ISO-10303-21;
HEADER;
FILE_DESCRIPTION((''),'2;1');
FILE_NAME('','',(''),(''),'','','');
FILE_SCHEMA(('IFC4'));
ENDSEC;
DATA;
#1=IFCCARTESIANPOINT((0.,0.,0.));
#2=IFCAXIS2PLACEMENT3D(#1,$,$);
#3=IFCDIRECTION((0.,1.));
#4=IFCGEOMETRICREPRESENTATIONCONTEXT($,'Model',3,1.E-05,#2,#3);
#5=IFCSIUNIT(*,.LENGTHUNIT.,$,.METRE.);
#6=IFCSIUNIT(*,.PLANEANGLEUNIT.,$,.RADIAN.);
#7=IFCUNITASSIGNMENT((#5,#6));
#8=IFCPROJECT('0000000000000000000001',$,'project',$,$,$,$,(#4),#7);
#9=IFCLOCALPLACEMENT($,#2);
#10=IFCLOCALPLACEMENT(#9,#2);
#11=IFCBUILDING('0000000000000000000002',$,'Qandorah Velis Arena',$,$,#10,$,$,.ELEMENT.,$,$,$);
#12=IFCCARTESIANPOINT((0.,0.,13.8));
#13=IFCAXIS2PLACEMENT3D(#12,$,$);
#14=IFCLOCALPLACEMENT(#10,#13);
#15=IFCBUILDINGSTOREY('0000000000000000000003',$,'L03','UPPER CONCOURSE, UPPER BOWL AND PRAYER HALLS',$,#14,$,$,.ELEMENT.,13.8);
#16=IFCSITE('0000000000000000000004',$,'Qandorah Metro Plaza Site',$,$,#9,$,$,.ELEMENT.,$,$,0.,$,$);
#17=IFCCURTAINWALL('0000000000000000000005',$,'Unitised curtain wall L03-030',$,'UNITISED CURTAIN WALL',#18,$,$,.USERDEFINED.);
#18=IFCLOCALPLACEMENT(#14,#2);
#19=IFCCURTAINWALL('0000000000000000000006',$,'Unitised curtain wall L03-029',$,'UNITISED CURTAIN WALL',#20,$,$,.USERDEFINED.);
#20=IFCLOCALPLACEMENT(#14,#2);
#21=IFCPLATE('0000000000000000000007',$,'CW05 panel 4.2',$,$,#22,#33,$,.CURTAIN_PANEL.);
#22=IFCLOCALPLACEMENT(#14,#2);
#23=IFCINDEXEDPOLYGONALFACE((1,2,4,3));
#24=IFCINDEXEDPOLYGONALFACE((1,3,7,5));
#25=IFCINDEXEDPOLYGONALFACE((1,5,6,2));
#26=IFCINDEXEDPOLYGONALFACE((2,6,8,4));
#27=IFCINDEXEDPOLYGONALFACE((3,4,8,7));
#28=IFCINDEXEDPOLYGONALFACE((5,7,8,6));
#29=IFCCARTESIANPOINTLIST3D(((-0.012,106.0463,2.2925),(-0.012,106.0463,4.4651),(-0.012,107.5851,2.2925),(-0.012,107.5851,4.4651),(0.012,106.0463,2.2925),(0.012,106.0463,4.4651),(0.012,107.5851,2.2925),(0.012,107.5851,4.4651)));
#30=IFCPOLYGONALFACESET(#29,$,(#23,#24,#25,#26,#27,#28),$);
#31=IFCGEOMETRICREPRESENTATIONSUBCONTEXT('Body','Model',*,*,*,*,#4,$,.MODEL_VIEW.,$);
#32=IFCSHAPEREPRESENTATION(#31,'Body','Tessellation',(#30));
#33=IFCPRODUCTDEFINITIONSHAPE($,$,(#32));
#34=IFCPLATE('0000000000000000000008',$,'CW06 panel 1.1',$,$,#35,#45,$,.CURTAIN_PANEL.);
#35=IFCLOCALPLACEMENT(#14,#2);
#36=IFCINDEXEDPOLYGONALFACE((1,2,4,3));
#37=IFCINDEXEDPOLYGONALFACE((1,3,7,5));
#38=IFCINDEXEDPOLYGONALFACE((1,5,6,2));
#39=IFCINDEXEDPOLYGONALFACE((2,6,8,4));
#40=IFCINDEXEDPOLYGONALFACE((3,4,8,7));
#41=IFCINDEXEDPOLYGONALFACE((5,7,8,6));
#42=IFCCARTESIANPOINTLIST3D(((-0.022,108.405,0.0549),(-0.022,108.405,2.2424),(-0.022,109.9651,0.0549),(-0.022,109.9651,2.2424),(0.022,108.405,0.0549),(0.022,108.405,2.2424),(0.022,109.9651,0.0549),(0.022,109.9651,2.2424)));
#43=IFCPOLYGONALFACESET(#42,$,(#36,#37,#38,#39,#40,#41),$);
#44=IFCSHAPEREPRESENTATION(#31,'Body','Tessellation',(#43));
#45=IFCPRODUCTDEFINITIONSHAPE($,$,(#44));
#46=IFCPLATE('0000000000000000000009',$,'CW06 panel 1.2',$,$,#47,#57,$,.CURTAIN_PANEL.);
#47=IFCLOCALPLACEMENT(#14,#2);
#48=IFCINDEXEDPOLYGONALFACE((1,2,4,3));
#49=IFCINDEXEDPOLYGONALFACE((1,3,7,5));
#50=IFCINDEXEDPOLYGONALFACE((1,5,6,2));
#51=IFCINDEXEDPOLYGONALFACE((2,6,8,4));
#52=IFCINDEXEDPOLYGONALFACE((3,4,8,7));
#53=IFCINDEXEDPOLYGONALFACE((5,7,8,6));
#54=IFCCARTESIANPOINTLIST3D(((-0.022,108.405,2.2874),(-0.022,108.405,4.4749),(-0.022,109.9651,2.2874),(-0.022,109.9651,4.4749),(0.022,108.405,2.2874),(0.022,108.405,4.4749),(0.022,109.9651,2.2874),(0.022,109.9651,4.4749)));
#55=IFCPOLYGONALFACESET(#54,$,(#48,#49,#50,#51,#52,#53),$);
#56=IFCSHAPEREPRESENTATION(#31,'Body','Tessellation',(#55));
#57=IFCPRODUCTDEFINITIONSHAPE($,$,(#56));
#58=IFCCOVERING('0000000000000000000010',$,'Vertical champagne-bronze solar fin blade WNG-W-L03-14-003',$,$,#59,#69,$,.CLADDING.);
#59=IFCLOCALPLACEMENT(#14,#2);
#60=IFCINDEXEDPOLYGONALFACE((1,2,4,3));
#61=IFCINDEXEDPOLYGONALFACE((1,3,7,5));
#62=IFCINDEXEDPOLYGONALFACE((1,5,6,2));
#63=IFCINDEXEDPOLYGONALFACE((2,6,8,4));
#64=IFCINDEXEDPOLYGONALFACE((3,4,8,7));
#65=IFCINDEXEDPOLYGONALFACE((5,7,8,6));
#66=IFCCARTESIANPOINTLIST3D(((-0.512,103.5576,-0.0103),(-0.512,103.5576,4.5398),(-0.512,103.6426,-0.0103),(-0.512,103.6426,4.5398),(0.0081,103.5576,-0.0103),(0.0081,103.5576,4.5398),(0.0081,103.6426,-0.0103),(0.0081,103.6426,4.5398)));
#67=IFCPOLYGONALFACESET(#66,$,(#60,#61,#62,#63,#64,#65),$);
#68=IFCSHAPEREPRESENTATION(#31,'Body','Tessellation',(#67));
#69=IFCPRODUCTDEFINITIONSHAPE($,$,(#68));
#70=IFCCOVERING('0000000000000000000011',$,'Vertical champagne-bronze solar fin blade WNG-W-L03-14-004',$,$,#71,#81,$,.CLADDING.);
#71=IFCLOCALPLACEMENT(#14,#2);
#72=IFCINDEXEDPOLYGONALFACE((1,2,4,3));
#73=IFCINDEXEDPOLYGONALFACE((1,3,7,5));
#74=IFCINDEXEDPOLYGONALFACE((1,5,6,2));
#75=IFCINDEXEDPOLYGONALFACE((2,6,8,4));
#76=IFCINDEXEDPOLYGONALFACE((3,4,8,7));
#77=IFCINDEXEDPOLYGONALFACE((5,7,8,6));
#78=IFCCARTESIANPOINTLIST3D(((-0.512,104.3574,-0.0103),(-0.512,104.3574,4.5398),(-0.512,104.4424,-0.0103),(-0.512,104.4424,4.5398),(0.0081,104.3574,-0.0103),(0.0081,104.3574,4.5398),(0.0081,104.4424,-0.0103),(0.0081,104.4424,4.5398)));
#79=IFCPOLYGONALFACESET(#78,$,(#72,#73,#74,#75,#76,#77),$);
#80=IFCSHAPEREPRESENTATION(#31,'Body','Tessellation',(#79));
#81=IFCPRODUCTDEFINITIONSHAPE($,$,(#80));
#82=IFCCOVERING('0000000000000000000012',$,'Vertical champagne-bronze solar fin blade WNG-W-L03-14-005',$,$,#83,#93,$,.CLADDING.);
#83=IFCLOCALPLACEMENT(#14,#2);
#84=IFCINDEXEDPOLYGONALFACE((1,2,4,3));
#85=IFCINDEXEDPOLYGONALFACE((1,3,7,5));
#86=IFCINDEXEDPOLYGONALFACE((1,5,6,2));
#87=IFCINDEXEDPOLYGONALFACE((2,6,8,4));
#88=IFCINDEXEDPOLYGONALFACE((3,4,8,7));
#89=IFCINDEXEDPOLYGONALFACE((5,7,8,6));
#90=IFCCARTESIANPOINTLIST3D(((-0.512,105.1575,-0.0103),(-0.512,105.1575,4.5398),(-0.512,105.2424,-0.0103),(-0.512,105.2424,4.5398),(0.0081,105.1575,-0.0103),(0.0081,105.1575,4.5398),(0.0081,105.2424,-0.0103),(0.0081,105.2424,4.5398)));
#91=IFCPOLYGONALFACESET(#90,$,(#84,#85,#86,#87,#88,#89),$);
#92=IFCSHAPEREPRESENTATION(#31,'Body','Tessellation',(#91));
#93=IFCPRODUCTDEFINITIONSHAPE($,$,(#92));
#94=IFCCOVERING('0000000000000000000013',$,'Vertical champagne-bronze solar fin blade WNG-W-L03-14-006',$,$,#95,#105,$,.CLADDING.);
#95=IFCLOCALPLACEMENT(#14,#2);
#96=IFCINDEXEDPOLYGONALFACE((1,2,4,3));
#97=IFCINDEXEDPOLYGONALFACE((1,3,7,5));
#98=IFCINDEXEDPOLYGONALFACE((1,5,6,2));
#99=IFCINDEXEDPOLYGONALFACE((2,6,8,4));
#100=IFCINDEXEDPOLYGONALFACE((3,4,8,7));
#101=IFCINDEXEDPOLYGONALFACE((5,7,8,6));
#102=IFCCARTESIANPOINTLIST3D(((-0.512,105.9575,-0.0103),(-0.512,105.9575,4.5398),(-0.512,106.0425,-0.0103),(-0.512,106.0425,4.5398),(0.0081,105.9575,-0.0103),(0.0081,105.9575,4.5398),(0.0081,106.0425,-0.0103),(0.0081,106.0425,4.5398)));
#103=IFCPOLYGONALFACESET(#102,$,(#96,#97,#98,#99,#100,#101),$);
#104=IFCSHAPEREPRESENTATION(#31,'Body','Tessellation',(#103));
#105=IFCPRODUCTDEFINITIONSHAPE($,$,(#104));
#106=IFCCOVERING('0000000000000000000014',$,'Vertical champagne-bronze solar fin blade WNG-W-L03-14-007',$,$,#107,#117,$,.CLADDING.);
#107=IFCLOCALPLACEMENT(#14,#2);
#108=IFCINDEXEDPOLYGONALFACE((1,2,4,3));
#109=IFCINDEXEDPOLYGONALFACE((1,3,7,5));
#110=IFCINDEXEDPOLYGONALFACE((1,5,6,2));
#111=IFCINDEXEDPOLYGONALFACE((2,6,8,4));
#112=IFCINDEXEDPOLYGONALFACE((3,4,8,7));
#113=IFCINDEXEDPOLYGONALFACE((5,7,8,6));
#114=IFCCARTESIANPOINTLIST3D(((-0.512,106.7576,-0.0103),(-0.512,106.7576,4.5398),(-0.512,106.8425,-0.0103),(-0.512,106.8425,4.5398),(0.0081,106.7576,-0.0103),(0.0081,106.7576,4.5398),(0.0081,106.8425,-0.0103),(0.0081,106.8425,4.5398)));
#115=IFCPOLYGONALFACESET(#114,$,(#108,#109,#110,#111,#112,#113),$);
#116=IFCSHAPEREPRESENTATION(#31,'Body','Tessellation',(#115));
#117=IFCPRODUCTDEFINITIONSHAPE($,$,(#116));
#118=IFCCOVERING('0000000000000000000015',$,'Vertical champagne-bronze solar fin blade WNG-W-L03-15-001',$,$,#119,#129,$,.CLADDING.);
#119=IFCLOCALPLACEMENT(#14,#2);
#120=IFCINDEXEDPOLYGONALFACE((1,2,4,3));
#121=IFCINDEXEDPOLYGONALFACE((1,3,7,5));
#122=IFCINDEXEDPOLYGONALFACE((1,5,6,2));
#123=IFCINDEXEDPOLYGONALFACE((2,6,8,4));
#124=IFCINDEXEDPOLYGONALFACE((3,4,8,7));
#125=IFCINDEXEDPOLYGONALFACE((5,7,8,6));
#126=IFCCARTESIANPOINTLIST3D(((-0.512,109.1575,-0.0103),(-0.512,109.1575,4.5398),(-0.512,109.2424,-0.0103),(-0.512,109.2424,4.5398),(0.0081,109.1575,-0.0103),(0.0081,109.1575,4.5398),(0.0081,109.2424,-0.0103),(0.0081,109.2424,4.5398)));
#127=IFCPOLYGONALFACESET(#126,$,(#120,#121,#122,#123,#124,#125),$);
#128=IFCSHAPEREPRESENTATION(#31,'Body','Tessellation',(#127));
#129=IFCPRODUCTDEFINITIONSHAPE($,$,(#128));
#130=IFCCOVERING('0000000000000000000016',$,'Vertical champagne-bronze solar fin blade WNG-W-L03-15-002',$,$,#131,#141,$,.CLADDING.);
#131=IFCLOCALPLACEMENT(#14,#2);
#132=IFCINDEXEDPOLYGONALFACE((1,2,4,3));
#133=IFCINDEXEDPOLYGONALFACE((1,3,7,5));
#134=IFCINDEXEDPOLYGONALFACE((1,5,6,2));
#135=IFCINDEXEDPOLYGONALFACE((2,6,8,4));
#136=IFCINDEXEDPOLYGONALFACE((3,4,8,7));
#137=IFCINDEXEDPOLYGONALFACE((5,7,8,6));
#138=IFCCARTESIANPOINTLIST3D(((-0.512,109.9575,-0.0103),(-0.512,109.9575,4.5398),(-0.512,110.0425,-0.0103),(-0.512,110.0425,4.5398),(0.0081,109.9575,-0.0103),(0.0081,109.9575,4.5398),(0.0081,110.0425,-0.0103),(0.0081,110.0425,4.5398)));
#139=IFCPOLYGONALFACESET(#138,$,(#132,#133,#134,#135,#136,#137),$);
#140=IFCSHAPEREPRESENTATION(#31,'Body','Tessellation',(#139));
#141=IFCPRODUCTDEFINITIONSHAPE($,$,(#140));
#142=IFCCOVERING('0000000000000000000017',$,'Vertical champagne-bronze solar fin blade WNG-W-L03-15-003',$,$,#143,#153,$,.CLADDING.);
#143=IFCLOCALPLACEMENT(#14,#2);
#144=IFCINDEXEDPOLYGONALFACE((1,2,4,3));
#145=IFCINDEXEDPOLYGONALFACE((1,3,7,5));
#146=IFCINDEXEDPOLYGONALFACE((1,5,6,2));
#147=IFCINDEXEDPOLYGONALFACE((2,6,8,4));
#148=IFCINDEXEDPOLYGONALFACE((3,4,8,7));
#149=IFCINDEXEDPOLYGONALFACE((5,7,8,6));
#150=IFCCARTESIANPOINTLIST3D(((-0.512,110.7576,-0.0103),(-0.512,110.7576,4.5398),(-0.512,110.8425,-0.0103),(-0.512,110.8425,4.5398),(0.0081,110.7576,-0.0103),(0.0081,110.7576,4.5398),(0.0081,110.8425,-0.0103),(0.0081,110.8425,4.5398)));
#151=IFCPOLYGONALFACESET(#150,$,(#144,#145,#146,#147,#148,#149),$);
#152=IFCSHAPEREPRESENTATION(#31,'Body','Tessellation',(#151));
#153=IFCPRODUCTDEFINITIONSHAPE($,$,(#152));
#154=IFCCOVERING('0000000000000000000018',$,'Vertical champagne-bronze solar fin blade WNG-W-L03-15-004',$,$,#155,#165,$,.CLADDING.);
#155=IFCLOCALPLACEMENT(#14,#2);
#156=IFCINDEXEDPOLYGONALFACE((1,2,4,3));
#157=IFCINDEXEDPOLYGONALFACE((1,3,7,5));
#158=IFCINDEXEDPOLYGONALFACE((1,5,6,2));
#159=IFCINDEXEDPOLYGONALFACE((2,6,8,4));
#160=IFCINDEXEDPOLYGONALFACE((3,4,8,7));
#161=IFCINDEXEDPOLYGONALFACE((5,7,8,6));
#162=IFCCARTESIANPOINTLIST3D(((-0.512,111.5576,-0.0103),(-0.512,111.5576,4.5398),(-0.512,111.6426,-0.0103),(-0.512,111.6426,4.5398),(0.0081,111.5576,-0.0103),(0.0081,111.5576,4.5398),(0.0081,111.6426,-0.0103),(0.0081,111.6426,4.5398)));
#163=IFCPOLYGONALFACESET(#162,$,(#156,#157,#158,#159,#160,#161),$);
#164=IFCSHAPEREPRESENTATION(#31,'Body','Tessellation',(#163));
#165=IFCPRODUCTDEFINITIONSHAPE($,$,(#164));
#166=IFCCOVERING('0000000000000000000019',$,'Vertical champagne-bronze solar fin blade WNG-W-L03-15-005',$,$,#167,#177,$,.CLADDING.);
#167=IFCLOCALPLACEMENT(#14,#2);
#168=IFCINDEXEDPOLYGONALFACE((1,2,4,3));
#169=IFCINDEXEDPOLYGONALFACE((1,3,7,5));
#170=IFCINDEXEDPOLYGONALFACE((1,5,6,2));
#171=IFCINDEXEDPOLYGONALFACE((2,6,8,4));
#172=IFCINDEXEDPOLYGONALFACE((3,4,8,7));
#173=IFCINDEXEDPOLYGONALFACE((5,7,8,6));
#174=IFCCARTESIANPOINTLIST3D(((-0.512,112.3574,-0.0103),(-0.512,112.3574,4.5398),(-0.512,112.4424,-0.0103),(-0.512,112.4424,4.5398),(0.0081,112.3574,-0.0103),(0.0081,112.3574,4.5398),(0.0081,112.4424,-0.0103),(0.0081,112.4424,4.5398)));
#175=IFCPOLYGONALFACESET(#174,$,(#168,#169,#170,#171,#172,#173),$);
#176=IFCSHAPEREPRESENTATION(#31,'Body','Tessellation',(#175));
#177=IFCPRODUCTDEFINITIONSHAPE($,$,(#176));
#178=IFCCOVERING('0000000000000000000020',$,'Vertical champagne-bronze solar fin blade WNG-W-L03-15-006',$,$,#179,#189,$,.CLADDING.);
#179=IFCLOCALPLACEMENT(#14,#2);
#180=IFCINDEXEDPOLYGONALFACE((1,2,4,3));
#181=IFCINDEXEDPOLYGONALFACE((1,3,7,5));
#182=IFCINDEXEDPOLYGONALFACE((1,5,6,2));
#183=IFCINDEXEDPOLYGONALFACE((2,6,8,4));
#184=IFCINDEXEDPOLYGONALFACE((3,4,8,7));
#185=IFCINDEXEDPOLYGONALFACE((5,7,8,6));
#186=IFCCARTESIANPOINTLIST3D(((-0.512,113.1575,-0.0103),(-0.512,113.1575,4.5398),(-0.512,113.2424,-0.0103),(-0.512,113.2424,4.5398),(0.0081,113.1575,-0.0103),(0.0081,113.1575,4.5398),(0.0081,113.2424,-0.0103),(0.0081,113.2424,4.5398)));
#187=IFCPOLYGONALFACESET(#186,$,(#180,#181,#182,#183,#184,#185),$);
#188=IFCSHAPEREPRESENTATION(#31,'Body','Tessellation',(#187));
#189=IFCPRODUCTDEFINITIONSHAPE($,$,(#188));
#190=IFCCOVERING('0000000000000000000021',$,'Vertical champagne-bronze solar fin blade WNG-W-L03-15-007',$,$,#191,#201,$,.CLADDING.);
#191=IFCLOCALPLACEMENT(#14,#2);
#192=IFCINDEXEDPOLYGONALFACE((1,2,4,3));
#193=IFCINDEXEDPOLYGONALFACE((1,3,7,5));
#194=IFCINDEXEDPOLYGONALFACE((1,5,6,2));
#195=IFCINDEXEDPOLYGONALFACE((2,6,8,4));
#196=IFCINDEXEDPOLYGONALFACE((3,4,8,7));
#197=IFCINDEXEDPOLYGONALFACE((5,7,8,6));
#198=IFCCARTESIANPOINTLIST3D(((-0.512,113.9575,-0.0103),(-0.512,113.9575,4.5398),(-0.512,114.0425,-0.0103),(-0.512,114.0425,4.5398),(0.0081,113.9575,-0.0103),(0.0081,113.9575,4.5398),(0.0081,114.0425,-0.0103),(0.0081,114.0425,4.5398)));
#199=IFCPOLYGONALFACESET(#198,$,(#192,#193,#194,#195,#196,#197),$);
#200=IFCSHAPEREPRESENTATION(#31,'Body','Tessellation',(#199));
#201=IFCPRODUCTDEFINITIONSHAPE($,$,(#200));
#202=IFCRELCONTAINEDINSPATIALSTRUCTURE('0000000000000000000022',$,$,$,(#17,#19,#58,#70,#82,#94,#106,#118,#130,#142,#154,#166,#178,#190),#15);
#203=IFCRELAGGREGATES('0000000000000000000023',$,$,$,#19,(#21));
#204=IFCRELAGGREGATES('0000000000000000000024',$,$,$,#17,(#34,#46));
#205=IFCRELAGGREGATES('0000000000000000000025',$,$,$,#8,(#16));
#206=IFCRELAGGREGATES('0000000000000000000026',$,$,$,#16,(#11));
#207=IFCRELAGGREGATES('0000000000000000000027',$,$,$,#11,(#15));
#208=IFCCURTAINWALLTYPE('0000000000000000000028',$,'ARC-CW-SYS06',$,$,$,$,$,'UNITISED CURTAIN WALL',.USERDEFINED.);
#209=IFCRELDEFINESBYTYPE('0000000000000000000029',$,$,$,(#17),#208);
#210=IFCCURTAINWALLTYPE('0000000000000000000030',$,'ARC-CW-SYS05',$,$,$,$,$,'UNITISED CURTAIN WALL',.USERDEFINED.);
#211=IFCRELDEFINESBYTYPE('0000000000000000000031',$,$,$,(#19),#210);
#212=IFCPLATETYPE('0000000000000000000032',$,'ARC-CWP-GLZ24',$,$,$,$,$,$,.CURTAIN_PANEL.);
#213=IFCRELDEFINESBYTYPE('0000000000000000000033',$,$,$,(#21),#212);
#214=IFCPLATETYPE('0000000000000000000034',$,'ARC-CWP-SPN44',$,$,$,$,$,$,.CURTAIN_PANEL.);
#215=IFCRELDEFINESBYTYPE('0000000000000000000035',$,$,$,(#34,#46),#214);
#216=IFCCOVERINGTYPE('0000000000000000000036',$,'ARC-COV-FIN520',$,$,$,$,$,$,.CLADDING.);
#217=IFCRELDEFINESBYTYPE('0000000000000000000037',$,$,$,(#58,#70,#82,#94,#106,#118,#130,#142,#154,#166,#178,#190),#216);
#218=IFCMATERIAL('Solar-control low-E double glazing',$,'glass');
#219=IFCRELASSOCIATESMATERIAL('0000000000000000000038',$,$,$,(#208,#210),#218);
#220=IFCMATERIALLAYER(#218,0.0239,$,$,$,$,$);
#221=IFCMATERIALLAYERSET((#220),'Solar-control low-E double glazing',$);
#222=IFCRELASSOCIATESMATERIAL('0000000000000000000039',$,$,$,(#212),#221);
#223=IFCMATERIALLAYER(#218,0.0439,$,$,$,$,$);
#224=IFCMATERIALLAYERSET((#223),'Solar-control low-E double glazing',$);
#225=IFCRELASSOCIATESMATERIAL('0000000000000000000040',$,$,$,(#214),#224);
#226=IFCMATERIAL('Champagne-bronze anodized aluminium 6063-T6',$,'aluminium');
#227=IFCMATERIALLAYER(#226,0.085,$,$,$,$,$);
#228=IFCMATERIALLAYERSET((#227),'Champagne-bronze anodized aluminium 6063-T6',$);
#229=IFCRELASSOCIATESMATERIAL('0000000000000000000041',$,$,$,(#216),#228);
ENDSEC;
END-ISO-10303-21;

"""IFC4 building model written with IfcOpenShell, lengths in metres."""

from ifc_helpers import new_model, si_unit, direction, frame, origin, origin_2d, place, context, subcontext, project, spatial, rectangle, extrude, material, layer, layer_set, type_object, element, aggregate, save


model = new_model("IFC4")

# Units and contexts
model_context = context("Model", 3, precision=1e-05, world=origin(), true_north=direction((0.0, 1.0)))
body_context = subcontext(model_context, "Body", "Model", "MODEL_VIEW")
ifc_project = project(units=[si_unit("LENGTHUNIT", "METRE"), si_unit("PLANEANGLEUNIT", "RADIAN")], contexts=[model_context])

# Site, building, storey
site_placement = place(None, origin())
site = spatial("IfcSite", under=ifc_project, at=site_placement, Name="Qandorah Metro Plaza Site", CompositionType="ELEMENT", RefElevation=0.0)
building_placement = place(site_placement, origin())
building = spatial("IfcBuilding", under=site, at=building_placement, Name="Qandorah Velis Arena", CompositionType="ELEMENT")
storey_placement = place(building_placement, frame((0.0, 0.0, 13.8)))
storey = spatial("IfcBuildingStorey", under=building, at=storey_placement, Name="L03", Description="UPPER CONCOURSE, UPPER BOWL AND PRAYER HALLS", CompositionType="ELEMENT", Elevation=13.8)

# Curtain walls
ifc_material_1 = material(Name="Solar-control low-E double glazing", Category="glass")
curtain_wall_type_1 = type_object("IfcCurtainWallType", Name="ARC-CW-SYS06", ElementType="UNITISED CURTAIN WALL", PredefinedType="USERDEFINED", material=ifc_material_1)
curtain_wall_1_placement = place(storey_placement, origin())
curtain_wall_1 = element("IfcCurtainWall", 1, at=curtain_wall_1_placement, inside=storey, type_object=curtain_wall_type_1, Name="Unitised curtain wall L03-030", ObjectType="UNITISED CURTAIN WALL", PredefinedType="USERDEFINED")
ifc_material_2 = material(Name="Champagne-bronze anodized aluminium 6063-T6", Category="aluminium")
curtain_wall_type_2 = type_object("IfcCurtainWallType", Name="ARC-CW-SYS05", ElementType="UNITISED CURTAIN WALL", PredefinedType="USERDEFINED", material=ifc_material_1)
curtain_wall_2_placement = place(storey_placement, origin())
curtain_wall_2 = element("IfcCurtainWall", 2, at=curtain_wall_2_placement, inside=storey, type_object=curtain_wall_type_2, Name="Unitised curtain wall L03-029", ObjectType="UNITISED CURTAIN WALL", PredefinedType="USERDEFINED")

# Plates
ifc_layer_1 = layer(ifc_material_1, 0.0239)
ifc_layer_set_1 = layer_set([ifc_layer_1], Name="Solar-control low-E double glazing")
plate_type_1 = type_object("IfcPlateType", Name="ARC-CWP-GLZ24", PredefinedType="CURTAIN_PANEL", material=ifc_layer_set_1)
plate_1_placement = place(storey_placement, frame((0.0, 106.8157, 2.2925), z_axis=(0.0, 0.0, 1.0), x_axis=(0.0, 1.0, 0.0)))
plate_1 = element("IfcPlate", 3, at=plate_1_placement, type_object=plate_type_1, Name="CW05 panel 4.2", PredefinedType="CURTAIN_PANEL", context=body_context, shape_type="SweptSolid", body=[
    extrude(rectangle(XDim=1.5388, YDim=0.0239, at=origin_2d()), origin(), (0.0, 0.0, 1.0), 2.1726),
])
aggregate(curtain_wall_2, [plate_1])
ifc_layer_2 = layer(ifc_material_1, 0.0439)
ifc_layer_set_2 = layer_set([ifc_layer_2], Name="Solar-control low-E double glazing")
plate_type_2 = type_object("IfcPlateType", Name="ARC-CWP-SPN44", PredefinedType="CURTAIN_PANEL", material=ifc_layer_set_2)
plate_2_placement = place(storey_placement, frame((0.0, 109.1851, 0.0549), z_axis=(0.0, 0.0, 1.0), x_axis=(0.0, 1.0, 0.0)))
plate_2 = element("IfcPlate", 4, at=plate_2_placement, type_object=plate_type_2, Name="CW06 panel 1.1", PredefinedType="CURTAIN_PANEL", context=body_context, shape_type="SweptSolid", body=[
    extrude(rectangle(XDim=1.5601, YDim=0.0439, at=origin_2d()), origin(), (0.0, 0.0, 1.0), 2.1875),
])
plate_3_placement = place(storey_placement, frame((0.0, 109.1851, 2.2874), z_axis=(0.0, 0.0, 1.0), x_axis=(0.0, 1.0, 0.0)))
plate_3 = element("IfcPlate", 5, at=plate_3_placement, type_object=plate_type_2, Name="CW06 panel 1.2", PredefinedType="CURTAIN_PANEL", context=body_context, shape_type="SweptSolid", body=[
    extrude(rectangle(XDim=1.5601, YDim=0.0439, at=origin_2d()), origin(), (0.0, 0.0, 1.0), 2.1875),
])
aggregate(curtain_wall_1, [plate_2, plate_3])

# Coverings
ifc_layer_3 = layer(ifc_material_2, 0.085)
ifc_layer_set_3 = layer_set([ifc_layer_3], Name="Champagne-bronze anodized aluminium 6063-T6")
covering_type = type_object("IfcCoveringType", Name="ARC-COV-FIN520", PredefinedType="CLADDING", material=ifc_layer_set_3)
for number, where, z_axis, x_axis, name in (
    (6, (-0.252, 103.6001, -0.0103), (0.0, 0.0, 1.0), (1.0, 0.0, 0.0), "Vertical champagne-bronze solar fin blade WNG-W-L03-14-003"),
    (7, (-0.252, 104.3999, -0.0103), (0.0, 0.0, 1.0), (1.0, 0.0, 0.0), "Vertical champagne-bronze solar fin blade WNG-W-L03-14-004"),
    (8, (-0.252, 105.2, -0.0103), (0.0, 0.0, 1.0), (1.0, 0.0, 0.0), "Vertical champagne-bronze solar fin blade WNG-W-L03-14-005"),
    (9, (-0.252, 106.0, -0.0103), (0.0, 0.0, 1.0), (1.0, 0.0, 0.0), "Vertical champagne-bronze solar fin blade WNG-W-L03-14-006"),
    (10, (-0.252, 106.8, -0.0103), (0.0, 0.0, 1.0), (1.0, 0.0, 0.0), "Vertical champagne-bronze solar fin blade WNG-W-L03-14-007"),
    (11, (-0.252, 109.2, -0.0103), (0.0, 0.0, 1.0), (1.0, 0.0, 0.0), "Vertical champagne-bronze solar fin blade WNG-W-L03-15-001"),
    (12, (-0.252, 110.0, -0.0103), (0.0, 0.0, 1.0), (1.0, 0.0, 0.0), "Vertical champagne-bronze solar fin blade WNG-W-L03-15-002"),
    (13, (-0.252, 110.8, -0.0103), (0.0, 0.0, 1.0), (1.0, 0.0, 0.0), "Vertical champagne-bronze solar fin blade WNG-W-L03-15-003"),
    (14, (-0.252, 111.6001, -0.0103), (0.0, 0.0, 1.0), (1.0, 0.0, 0.0), "Vertical champagne-bronze solar fin blade WNG-W-L03-15-004"),
    (15, (-0.252, 112.3999, -0.0103), (0.0, 0.0, 1.0), (1.0, 0.0, 0.0), "Vertical champagne-bronze solar fin blade WNG-W-L03-15-005"),
    (16, (-0.252, 113.2, -0.0103), (0.0, 0.0, 1.0), (1.0, 0.0, 0.0), "Vertical champagne-bronze solar fin blade WNG-W-L03-15-006"),
    (17, (-0.252, 114.0, -0.0103), (0.0, 0.0, 1.0), (1.0, 0.0, 0.0), "Vertical champagne-bronze solar fin blade WNG-W-L03-15-007"),
):
    element("IfcCovering", number, at=place(storey_placement, frame(where, z_axis=z_axis, x_axis=x_axis)), inside=storey, type_object=covering_type, Name=name, PredefinedType="CLADDING", context=body_context, shape_type="SweptSolid", body=[
        extrude(rectangle(XDim=0.52, YDim=0.085, at=origin_2d()), origin(), (0.0, 0.0, 1.0), 4.55),
    ])

save(model, "model.ifc")
